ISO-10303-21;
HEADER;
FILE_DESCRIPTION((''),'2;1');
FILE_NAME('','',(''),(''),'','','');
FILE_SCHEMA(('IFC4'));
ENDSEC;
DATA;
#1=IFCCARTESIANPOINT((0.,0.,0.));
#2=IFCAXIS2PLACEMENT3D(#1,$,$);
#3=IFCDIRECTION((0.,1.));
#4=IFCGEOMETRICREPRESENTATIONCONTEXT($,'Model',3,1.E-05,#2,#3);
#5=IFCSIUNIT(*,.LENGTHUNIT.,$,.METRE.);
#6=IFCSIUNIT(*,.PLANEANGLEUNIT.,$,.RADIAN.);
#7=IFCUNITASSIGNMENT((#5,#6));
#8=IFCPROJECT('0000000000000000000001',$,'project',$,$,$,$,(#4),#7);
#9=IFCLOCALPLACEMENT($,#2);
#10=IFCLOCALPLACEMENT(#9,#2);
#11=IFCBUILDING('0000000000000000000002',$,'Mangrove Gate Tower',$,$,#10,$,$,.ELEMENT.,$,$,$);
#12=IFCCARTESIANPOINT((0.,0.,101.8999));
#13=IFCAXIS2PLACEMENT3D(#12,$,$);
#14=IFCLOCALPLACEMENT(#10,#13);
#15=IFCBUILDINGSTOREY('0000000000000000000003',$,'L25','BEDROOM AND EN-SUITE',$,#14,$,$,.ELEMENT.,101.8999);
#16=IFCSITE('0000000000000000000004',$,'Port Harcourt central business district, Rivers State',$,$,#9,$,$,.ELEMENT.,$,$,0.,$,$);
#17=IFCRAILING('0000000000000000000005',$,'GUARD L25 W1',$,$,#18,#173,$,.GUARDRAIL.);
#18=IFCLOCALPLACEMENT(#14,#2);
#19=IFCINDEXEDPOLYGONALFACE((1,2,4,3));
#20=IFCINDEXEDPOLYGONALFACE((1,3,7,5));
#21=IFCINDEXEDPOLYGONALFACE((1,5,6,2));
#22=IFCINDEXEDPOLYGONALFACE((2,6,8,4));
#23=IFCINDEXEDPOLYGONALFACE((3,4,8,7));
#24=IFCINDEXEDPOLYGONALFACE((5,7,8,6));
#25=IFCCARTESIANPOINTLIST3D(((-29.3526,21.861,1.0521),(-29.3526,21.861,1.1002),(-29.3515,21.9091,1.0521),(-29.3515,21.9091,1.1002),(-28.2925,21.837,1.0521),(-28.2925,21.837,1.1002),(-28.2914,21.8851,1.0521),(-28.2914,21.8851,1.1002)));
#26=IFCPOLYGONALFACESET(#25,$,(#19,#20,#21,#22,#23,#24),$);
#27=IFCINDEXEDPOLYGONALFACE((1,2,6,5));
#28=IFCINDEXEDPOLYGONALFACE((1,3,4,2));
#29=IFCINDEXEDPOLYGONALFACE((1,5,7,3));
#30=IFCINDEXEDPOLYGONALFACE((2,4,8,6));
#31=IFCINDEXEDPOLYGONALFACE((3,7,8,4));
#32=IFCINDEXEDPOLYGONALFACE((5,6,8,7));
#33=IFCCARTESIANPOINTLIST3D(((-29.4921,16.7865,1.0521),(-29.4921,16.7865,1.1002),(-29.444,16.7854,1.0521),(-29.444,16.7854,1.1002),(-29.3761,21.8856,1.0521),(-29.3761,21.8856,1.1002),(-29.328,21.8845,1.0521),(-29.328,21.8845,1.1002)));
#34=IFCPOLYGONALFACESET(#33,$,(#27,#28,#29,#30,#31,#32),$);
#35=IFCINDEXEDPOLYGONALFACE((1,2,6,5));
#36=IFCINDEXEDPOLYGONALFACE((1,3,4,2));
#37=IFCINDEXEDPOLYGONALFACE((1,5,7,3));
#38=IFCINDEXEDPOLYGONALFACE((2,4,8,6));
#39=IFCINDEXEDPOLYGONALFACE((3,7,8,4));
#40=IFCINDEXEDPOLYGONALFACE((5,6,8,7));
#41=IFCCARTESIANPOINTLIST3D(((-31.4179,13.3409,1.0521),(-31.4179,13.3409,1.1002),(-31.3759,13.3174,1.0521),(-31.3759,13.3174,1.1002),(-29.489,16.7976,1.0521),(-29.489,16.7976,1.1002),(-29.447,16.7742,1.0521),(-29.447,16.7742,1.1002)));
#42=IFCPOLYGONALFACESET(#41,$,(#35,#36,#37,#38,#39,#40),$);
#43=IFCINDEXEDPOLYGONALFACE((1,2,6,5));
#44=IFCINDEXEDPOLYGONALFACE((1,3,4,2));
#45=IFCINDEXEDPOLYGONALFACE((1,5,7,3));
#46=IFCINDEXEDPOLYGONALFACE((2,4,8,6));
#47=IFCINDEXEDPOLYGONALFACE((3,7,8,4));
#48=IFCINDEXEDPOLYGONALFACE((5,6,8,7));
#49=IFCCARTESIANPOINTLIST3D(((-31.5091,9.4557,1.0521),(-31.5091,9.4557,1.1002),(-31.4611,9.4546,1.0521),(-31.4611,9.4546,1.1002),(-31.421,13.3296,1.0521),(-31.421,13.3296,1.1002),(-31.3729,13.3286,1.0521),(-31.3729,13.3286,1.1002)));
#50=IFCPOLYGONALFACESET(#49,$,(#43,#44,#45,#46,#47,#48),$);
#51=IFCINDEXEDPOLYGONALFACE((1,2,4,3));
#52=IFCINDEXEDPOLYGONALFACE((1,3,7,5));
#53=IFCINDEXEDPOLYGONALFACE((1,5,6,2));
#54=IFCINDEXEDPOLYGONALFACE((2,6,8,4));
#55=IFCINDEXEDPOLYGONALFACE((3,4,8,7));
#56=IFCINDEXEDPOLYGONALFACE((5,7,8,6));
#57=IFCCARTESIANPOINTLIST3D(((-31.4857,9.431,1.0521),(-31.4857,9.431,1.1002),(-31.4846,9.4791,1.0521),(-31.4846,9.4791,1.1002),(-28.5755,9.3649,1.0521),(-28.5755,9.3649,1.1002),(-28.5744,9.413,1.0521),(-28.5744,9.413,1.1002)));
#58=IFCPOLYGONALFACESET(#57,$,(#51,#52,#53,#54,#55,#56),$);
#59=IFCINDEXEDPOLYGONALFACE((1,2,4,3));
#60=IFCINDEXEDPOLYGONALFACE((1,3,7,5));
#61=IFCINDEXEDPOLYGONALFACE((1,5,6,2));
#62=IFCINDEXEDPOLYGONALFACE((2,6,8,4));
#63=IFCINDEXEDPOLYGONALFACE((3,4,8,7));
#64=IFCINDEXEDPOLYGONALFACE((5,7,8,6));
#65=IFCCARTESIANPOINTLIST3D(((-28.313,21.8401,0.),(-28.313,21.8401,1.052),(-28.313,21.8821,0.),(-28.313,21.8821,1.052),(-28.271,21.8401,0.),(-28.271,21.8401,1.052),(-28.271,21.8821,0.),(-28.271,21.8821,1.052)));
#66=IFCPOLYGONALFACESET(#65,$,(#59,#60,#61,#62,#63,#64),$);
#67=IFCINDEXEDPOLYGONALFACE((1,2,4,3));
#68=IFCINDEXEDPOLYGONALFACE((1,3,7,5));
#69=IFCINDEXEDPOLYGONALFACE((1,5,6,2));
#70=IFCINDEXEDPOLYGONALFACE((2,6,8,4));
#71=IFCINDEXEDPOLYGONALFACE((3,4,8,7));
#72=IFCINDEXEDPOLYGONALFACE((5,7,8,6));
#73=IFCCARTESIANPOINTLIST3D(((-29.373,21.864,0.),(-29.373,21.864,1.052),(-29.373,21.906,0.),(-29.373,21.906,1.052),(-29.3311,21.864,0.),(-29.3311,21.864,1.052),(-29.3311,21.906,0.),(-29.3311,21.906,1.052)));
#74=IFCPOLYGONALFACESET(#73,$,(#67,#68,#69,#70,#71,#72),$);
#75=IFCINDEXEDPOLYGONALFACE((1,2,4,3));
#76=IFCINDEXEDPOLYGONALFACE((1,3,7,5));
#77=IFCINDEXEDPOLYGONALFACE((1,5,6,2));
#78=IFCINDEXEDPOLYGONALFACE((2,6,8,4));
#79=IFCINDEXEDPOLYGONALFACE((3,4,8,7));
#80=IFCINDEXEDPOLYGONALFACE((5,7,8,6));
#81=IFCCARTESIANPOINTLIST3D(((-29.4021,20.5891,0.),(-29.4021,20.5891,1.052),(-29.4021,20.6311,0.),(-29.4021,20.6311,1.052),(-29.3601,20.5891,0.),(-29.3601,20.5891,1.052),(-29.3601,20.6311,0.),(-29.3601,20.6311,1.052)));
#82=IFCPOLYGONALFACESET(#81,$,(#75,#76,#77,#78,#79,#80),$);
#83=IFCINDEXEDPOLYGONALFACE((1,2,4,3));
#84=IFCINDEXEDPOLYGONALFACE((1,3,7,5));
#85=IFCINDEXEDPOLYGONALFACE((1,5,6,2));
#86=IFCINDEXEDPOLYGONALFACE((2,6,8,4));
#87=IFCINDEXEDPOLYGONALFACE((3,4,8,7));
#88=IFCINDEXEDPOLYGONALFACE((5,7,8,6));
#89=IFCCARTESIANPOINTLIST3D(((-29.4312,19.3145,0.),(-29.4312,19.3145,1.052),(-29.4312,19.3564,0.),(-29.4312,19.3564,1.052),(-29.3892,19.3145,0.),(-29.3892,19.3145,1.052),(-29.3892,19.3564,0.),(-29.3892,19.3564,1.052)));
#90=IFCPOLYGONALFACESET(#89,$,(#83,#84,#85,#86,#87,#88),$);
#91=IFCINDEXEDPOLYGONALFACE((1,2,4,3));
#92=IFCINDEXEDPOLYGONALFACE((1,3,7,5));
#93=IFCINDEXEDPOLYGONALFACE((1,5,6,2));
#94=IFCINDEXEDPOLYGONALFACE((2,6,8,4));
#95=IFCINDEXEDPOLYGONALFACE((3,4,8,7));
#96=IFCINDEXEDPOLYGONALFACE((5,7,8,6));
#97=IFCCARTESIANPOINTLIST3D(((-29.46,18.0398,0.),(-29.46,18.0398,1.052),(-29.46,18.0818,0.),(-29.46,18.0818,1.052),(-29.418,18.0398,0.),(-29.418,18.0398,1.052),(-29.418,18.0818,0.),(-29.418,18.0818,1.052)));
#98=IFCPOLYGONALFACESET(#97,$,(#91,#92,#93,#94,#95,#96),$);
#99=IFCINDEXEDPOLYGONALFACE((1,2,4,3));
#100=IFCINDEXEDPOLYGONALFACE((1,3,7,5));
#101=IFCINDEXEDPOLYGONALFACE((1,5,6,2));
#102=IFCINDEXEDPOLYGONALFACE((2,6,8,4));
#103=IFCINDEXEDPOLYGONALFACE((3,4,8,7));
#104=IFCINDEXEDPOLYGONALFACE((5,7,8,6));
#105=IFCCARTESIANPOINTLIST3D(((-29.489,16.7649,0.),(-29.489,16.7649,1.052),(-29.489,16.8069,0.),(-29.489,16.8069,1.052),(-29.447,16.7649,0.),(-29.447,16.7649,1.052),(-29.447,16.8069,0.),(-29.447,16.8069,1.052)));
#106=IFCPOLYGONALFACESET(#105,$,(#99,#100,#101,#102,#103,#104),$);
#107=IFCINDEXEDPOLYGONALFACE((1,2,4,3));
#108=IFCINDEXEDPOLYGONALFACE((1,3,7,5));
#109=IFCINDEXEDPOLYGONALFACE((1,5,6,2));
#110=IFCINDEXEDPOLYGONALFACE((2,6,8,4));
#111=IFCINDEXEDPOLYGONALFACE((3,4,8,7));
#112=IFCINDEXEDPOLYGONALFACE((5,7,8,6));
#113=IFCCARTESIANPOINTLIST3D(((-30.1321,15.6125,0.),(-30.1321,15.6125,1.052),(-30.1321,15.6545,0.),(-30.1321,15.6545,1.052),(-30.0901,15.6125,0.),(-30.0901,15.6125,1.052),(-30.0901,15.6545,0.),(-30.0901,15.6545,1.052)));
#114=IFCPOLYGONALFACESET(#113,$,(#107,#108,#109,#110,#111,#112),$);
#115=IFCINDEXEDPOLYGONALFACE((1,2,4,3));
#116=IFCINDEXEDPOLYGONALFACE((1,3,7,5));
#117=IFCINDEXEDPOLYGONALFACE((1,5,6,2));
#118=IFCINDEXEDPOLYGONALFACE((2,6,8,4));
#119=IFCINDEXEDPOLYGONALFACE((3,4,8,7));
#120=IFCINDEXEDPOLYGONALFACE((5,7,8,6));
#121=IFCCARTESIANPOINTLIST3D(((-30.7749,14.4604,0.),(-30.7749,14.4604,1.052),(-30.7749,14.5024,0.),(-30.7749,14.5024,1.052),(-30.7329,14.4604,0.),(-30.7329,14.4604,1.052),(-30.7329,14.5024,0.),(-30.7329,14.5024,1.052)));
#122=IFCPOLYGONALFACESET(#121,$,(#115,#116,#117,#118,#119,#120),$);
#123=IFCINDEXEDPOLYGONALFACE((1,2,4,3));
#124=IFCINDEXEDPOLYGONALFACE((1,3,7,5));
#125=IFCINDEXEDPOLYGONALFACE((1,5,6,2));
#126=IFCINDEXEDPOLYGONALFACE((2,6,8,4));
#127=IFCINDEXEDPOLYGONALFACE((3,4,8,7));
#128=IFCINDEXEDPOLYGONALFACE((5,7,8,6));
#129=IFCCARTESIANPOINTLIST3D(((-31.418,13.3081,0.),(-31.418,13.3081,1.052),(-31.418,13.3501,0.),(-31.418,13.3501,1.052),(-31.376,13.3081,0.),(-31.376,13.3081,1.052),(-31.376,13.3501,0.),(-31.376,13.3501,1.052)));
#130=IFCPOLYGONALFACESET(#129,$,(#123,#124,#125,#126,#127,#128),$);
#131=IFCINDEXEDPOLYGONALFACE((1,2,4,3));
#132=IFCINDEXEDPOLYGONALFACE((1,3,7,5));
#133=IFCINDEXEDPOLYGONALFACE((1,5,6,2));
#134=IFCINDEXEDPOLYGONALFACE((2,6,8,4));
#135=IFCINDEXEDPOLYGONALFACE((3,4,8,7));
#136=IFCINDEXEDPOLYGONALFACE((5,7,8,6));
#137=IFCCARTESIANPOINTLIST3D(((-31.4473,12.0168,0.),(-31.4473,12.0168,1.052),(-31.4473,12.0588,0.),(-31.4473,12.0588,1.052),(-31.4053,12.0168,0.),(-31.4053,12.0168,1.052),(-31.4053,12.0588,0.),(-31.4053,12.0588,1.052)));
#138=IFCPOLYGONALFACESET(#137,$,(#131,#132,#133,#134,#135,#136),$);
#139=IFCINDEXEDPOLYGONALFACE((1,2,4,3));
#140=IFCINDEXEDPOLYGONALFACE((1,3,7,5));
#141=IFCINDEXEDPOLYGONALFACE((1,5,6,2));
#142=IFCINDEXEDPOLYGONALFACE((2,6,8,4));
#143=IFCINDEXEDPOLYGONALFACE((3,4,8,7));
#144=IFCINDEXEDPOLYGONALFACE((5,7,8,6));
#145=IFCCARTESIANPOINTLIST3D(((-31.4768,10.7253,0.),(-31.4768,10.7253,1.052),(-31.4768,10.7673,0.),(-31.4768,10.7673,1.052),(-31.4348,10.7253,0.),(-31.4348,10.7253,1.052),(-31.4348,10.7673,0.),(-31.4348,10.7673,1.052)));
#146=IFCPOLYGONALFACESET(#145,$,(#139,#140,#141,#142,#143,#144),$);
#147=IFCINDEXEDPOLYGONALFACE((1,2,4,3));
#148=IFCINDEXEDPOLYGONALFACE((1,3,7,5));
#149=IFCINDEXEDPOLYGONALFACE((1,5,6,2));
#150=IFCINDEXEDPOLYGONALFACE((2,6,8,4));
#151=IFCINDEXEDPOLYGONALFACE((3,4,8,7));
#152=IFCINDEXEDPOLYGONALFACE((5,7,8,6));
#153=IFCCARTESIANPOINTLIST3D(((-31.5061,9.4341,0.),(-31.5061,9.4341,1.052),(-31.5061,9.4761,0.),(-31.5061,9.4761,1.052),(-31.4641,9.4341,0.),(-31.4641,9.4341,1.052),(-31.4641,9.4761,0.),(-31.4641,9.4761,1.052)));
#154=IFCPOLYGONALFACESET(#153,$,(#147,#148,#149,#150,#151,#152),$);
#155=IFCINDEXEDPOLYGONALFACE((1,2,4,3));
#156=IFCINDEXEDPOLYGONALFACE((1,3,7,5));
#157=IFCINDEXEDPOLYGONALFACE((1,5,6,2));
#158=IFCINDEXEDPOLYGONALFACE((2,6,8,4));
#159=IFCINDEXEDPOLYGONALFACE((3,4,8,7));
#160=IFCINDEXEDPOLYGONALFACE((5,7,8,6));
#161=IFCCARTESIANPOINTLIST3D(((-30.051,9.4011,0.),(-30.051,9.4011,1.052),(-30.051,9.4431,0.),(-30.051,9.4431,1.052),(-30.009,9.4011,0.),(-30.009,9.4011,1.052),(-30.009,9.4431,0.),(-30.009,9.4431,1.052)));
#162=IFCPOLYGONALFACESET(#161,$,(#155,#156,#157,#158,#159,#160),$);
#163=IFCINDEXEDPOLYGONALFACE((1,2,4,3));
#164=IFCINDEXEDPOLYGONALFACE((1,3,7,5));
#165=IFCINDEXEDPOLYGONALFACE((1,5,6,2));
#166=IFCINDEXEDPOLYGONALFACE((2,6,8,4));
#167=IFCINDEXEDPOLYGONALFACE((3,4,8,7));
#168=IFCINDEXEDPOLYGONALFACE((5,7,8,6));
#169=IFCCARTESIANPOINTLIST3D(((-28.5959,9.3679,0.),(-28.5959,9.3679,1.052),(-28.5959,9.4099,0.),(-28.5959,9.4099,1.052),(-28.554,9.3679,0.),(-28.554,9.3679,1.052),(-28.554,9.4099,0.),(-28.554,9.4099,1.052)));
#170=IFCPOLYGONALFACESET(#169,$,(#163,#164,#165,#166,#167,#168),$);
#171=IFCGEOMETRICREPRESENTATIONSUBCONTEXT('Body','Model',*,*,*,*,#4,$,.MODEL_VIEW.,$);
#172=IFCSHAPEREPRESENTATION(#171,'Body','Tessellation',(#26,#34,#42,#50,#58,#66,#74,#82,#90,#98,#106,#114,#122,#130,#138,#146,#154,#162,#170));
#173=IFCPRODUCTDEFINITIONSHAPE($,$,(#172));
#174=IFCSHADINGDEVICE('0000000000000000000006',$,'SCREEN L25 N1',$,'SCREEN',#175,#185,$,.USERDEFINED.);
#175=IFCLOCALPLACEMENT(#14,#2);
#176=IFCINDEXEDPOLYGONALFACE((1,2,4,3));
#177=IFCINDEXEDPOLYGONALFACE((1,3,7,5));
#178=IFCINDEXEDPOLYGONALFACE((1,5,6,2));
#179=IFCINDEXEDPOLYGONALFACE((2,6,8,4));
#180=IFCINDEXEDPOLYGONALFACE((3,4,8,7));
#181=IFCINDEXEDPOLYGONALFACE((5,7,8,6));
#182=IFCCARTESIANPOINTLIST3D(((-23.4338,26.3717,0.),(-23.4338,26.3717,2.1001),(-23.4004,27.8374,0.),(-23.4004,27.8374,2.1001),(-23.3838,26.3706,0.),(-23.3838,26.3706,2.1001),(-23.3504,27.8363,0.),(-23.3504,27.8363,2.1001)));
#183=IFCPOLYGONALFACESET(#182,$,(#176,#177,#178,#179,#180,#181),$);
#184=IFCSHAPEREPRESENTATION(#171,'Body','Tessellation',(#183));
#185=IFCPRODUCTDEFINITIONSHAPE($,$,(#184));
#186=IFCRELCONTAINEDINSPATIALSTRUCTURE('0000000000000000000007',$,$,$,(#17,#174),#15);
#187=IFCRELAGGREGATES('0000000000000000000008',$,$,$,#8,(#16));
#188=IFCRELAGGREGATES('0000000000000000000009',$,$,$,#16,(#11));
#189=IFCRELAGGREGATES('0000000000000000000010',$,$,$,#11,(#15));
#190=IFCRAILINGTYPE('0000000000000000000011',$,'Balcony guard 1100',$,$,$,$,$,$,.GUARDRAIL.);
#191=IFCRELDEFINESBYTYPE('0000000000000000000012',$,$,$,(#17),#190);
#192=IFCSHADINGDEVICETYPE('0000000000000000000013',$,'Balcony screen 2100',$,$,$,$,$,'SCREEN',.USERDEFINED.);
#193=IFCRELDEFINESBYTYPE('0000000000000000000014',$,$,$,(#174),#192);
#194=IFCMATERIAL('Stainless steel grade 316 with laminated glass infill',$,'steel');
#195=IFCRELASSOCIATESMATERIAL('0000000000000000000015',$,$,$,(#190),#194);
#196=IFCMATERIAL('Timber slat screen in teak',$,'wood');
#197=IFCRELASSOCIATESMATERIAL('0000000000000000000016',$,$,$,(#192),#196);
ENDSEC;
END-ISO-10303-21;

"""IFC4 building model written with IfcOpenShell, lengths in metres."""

from ifc_helpers import new_model, si_unit, direction, frame, origin, origin_2d, place, context, subcontext, project, spatial, rectangle, extrude, material, type_object, element, save


model = new_model("IFC4")

# Units and contexts
model_context = context("Model", 3, precision=1e-05, world=origin(), true_north=direction((0.0, 1.0)))
body_context = subcontext(model_context, "Body", "Model", "MODEL_VIEW")
ifc_project = project(units=[si_unit("LENGTHUNIT", "METRE"), si_unit("PLANEANGLEUNIT", "RADIAN")], contexts=[model_context])

# Site, building, storey
site_placement = place(None, origin())
site = spatial("IfcSite", under=ifc_project, at=site_placement, Name="Port Harcourt central business district, Rivers State", CompositionType="ELEMENT", RefElevation=0.0)
building_placement = place(site_placement, origin())
building = spatial("IfcBuilding", under=site, at=building_placement, Name="Mangrove Gate Tower", CompositionType="ELEMENT")
storey_placement = place(building_placement, frame((0.0, 0.0, 101.8999)))
storey = spatial("IfcBuildingStorey", under=building, at=storey_placement, Name="L25", Description="BEDROOM AND EN-SUITE", CompositionType="ELEMENT", Elevation=101.8999)

# Railing
ifc_material_1 = material(Name="Stainless steel grade 316 with laminated glass infill", Category="steel")
railing_type = type_object("IfcRailingType", Name="Balcony guard 1100", PredefinedType="GUARDRAIL", material=ifc_material_1)
railing_placement = place(storey_placement, frame((-28.292, 21.8611, 0.0)))
element("IfcRailing", 1, at=railing_placement, inside=storey, type_object=railing_type, Name="GUARD L25 W1", PredefinedType="GUARDRAIL", context=body_context, shape_type="SweptSolid", body=[
    extrude(rectangle(XDim=0.0481, YDim=0.0481, at=origin_2d()), frame((0.0, 0.0, 1.0762), z_axis=(-0.999745, 0.022564, 0.0), x_axis=(-0.022564, -0.999745, 0.0)), (0.0, 0.0, 1.0), 1.0603),
    extrude(rectangle(XDim=0.0481, YDim=0.0481, at=origin_2d()), frame((-1.0601, 0.0239, 1.0762), z_axis=(-0.022737, -0.999741, 0.0), x_axis=(0.999741, -0.022737, 0.0)), (0.0, 0.0, 1.0), 5.1003),
    extrude(rectangle(XDim=0.0481, YDim=0.0481, at=origin_2d()), frame((-1.176, -5.0752, 1.0762), z_axis=(-0.487286, -0.873242, 0.0), x_axis=(0.873242, -0.487286, 0.0)), (0.0, 0.0, 1.0), 3.9585),
    extrude(rectangle(XDim=0.0481, YDim=0.0481, at=origin_2d()), frame((-3.105, -8.532, 1.0762), z_axis=(-0.022744, -0.999741, 0.0), x_axis=(0.999741, -0.022744, 0.0)), (0.0, 0.0, 1.0), 3.875),
    extrude(rectangle(XDim=0.0481, YDim=0.0481, at=origin_2d()), frame((-3.1931, -12.406, 1.0762), z_axis=(0.999742, -0.022729, 0.0), x_axis=(0.022729, 0.999742, 0.0)), (0.0, 0.0, 1.0), 2.9109),
    extrude(rectangle(XDim=0.042, YDim=0.042, at=origin_2d()), origin(), (0.0, 0.0, 1.0), 1.052),
    extrude(rectangle(XDim=0.042, YDim=0.042, at=origin_2d()), frame((-1.0601, 0.0239, 0.0)), (0.0, 0.0, 1.0), 1.052),
    extrude(rectangle(XDim=0.042, YDim=0.042, at=origin_2d()), frame((-1.0891, -1.251, 0.0)), (0.0, 0.0, 1.0), 1.052),
    extrude(rectangle(XDim=0.042, YDim=0.042, at=origin_2d()), frame((-1.1182, -2.5256, 0.0)), (0.0, 0.0, 1.0), 1.052),
    extrude(rectangle(XDim=0.042, YDim=0.042, at=origin_2d()), frame((-1.147, -3.8003, 0.0)), (0.0, 0.0, 1.0), 1.052),
    extrude(rectangle(XDim=0.042, YDim=0.042, at=origin_2d()), frame((-1.176, -5.0752, 0.0)), (0.0, 0.0, 1.0), 1.052),
    extrude(rectangle(XDim=0.042, YDim=0.042, at=origin_2d()), frame((-1.8191, -6.2275, 0.0)), (0.0, 0.0, 1.0), 1.052),
    extrude(rectangle(XDim=0.042, YDim=0.042, at=origin_2d()), frame((-2.4619, -7.3796, 0.0)), (0.0, 0.0, 1.0), 1.052),
    extrude(rectangle(XDim=0.042, YDim=0.042, at=origin_2d()), frame((-3.105, -8.532, 0.0)), (0.0, 0.0, 1.0), 1.052),
    extrude(rectangle(XDim=0.042, YDim=0.042, at=origin_2d()), frame((-3.1343, -9.8232, 0.0)), (0.0, 0.0, 1.0), 1.052),
    extrude(rectangle(XDim=0.042, YDim=0.042, at=origin_2d()), frame((-3.1638, -11.1147, 0.0)), (0.0, 0.0, 1.0), 1.052),
    extrude(rectangle(XDim=0.042, YDim=0.042, at=origin_2d()), frame((-3.1931, -12.406, 0.0)), (0.0, 0.0, 1.0), 1.052),
    extrude(rectangle(XDim=0.042, YDim=0.042, at=origin_2d()), frame((-1.738, -12.439, 0.0)), (0.0, 0.0, 1.0), 1.052),
    extrude(rectangle(XDim=0.042, YDim=0.042, at=origin_2d()), frame((-0.283, -12.4722, 0.0)), (0.0, 0.0, 1.0), 1.052),
])

# Shading device
ifc_material_2 = material(Name="Timber slat screen in teak", Category="wood")
shading_device_type = type_object("IfcShadingDeviceType", Name="Balcony screen 2100", ElementType="SCREEN", PredefinedType="USERDEFINED", material=ifc_material_2)
shading_device_placement = place(storey_placement, frame((-23.3921, 27.104, 0.0), z_axis=(0.0, 0.0, 1.0), x_axis=(0.022809, 0.99974, 0.0)))
element("IfcShadingDevice", 2, at=shading_device_placement, inside=storey, type_object=shading_device_type, Name="SCREEN L25 N1", ObjectType="SCREEN", PredefinedType="USERDEFINED", context=body_context, shape_type="SweptSolid", body=[
    extrude(rectangle(XDim=1.4661, YDim=0.05, at=origin_2d()), origin(), (0.0, 0.0, 1.0), 2.1001),
])

save(model, "model.ifc")
